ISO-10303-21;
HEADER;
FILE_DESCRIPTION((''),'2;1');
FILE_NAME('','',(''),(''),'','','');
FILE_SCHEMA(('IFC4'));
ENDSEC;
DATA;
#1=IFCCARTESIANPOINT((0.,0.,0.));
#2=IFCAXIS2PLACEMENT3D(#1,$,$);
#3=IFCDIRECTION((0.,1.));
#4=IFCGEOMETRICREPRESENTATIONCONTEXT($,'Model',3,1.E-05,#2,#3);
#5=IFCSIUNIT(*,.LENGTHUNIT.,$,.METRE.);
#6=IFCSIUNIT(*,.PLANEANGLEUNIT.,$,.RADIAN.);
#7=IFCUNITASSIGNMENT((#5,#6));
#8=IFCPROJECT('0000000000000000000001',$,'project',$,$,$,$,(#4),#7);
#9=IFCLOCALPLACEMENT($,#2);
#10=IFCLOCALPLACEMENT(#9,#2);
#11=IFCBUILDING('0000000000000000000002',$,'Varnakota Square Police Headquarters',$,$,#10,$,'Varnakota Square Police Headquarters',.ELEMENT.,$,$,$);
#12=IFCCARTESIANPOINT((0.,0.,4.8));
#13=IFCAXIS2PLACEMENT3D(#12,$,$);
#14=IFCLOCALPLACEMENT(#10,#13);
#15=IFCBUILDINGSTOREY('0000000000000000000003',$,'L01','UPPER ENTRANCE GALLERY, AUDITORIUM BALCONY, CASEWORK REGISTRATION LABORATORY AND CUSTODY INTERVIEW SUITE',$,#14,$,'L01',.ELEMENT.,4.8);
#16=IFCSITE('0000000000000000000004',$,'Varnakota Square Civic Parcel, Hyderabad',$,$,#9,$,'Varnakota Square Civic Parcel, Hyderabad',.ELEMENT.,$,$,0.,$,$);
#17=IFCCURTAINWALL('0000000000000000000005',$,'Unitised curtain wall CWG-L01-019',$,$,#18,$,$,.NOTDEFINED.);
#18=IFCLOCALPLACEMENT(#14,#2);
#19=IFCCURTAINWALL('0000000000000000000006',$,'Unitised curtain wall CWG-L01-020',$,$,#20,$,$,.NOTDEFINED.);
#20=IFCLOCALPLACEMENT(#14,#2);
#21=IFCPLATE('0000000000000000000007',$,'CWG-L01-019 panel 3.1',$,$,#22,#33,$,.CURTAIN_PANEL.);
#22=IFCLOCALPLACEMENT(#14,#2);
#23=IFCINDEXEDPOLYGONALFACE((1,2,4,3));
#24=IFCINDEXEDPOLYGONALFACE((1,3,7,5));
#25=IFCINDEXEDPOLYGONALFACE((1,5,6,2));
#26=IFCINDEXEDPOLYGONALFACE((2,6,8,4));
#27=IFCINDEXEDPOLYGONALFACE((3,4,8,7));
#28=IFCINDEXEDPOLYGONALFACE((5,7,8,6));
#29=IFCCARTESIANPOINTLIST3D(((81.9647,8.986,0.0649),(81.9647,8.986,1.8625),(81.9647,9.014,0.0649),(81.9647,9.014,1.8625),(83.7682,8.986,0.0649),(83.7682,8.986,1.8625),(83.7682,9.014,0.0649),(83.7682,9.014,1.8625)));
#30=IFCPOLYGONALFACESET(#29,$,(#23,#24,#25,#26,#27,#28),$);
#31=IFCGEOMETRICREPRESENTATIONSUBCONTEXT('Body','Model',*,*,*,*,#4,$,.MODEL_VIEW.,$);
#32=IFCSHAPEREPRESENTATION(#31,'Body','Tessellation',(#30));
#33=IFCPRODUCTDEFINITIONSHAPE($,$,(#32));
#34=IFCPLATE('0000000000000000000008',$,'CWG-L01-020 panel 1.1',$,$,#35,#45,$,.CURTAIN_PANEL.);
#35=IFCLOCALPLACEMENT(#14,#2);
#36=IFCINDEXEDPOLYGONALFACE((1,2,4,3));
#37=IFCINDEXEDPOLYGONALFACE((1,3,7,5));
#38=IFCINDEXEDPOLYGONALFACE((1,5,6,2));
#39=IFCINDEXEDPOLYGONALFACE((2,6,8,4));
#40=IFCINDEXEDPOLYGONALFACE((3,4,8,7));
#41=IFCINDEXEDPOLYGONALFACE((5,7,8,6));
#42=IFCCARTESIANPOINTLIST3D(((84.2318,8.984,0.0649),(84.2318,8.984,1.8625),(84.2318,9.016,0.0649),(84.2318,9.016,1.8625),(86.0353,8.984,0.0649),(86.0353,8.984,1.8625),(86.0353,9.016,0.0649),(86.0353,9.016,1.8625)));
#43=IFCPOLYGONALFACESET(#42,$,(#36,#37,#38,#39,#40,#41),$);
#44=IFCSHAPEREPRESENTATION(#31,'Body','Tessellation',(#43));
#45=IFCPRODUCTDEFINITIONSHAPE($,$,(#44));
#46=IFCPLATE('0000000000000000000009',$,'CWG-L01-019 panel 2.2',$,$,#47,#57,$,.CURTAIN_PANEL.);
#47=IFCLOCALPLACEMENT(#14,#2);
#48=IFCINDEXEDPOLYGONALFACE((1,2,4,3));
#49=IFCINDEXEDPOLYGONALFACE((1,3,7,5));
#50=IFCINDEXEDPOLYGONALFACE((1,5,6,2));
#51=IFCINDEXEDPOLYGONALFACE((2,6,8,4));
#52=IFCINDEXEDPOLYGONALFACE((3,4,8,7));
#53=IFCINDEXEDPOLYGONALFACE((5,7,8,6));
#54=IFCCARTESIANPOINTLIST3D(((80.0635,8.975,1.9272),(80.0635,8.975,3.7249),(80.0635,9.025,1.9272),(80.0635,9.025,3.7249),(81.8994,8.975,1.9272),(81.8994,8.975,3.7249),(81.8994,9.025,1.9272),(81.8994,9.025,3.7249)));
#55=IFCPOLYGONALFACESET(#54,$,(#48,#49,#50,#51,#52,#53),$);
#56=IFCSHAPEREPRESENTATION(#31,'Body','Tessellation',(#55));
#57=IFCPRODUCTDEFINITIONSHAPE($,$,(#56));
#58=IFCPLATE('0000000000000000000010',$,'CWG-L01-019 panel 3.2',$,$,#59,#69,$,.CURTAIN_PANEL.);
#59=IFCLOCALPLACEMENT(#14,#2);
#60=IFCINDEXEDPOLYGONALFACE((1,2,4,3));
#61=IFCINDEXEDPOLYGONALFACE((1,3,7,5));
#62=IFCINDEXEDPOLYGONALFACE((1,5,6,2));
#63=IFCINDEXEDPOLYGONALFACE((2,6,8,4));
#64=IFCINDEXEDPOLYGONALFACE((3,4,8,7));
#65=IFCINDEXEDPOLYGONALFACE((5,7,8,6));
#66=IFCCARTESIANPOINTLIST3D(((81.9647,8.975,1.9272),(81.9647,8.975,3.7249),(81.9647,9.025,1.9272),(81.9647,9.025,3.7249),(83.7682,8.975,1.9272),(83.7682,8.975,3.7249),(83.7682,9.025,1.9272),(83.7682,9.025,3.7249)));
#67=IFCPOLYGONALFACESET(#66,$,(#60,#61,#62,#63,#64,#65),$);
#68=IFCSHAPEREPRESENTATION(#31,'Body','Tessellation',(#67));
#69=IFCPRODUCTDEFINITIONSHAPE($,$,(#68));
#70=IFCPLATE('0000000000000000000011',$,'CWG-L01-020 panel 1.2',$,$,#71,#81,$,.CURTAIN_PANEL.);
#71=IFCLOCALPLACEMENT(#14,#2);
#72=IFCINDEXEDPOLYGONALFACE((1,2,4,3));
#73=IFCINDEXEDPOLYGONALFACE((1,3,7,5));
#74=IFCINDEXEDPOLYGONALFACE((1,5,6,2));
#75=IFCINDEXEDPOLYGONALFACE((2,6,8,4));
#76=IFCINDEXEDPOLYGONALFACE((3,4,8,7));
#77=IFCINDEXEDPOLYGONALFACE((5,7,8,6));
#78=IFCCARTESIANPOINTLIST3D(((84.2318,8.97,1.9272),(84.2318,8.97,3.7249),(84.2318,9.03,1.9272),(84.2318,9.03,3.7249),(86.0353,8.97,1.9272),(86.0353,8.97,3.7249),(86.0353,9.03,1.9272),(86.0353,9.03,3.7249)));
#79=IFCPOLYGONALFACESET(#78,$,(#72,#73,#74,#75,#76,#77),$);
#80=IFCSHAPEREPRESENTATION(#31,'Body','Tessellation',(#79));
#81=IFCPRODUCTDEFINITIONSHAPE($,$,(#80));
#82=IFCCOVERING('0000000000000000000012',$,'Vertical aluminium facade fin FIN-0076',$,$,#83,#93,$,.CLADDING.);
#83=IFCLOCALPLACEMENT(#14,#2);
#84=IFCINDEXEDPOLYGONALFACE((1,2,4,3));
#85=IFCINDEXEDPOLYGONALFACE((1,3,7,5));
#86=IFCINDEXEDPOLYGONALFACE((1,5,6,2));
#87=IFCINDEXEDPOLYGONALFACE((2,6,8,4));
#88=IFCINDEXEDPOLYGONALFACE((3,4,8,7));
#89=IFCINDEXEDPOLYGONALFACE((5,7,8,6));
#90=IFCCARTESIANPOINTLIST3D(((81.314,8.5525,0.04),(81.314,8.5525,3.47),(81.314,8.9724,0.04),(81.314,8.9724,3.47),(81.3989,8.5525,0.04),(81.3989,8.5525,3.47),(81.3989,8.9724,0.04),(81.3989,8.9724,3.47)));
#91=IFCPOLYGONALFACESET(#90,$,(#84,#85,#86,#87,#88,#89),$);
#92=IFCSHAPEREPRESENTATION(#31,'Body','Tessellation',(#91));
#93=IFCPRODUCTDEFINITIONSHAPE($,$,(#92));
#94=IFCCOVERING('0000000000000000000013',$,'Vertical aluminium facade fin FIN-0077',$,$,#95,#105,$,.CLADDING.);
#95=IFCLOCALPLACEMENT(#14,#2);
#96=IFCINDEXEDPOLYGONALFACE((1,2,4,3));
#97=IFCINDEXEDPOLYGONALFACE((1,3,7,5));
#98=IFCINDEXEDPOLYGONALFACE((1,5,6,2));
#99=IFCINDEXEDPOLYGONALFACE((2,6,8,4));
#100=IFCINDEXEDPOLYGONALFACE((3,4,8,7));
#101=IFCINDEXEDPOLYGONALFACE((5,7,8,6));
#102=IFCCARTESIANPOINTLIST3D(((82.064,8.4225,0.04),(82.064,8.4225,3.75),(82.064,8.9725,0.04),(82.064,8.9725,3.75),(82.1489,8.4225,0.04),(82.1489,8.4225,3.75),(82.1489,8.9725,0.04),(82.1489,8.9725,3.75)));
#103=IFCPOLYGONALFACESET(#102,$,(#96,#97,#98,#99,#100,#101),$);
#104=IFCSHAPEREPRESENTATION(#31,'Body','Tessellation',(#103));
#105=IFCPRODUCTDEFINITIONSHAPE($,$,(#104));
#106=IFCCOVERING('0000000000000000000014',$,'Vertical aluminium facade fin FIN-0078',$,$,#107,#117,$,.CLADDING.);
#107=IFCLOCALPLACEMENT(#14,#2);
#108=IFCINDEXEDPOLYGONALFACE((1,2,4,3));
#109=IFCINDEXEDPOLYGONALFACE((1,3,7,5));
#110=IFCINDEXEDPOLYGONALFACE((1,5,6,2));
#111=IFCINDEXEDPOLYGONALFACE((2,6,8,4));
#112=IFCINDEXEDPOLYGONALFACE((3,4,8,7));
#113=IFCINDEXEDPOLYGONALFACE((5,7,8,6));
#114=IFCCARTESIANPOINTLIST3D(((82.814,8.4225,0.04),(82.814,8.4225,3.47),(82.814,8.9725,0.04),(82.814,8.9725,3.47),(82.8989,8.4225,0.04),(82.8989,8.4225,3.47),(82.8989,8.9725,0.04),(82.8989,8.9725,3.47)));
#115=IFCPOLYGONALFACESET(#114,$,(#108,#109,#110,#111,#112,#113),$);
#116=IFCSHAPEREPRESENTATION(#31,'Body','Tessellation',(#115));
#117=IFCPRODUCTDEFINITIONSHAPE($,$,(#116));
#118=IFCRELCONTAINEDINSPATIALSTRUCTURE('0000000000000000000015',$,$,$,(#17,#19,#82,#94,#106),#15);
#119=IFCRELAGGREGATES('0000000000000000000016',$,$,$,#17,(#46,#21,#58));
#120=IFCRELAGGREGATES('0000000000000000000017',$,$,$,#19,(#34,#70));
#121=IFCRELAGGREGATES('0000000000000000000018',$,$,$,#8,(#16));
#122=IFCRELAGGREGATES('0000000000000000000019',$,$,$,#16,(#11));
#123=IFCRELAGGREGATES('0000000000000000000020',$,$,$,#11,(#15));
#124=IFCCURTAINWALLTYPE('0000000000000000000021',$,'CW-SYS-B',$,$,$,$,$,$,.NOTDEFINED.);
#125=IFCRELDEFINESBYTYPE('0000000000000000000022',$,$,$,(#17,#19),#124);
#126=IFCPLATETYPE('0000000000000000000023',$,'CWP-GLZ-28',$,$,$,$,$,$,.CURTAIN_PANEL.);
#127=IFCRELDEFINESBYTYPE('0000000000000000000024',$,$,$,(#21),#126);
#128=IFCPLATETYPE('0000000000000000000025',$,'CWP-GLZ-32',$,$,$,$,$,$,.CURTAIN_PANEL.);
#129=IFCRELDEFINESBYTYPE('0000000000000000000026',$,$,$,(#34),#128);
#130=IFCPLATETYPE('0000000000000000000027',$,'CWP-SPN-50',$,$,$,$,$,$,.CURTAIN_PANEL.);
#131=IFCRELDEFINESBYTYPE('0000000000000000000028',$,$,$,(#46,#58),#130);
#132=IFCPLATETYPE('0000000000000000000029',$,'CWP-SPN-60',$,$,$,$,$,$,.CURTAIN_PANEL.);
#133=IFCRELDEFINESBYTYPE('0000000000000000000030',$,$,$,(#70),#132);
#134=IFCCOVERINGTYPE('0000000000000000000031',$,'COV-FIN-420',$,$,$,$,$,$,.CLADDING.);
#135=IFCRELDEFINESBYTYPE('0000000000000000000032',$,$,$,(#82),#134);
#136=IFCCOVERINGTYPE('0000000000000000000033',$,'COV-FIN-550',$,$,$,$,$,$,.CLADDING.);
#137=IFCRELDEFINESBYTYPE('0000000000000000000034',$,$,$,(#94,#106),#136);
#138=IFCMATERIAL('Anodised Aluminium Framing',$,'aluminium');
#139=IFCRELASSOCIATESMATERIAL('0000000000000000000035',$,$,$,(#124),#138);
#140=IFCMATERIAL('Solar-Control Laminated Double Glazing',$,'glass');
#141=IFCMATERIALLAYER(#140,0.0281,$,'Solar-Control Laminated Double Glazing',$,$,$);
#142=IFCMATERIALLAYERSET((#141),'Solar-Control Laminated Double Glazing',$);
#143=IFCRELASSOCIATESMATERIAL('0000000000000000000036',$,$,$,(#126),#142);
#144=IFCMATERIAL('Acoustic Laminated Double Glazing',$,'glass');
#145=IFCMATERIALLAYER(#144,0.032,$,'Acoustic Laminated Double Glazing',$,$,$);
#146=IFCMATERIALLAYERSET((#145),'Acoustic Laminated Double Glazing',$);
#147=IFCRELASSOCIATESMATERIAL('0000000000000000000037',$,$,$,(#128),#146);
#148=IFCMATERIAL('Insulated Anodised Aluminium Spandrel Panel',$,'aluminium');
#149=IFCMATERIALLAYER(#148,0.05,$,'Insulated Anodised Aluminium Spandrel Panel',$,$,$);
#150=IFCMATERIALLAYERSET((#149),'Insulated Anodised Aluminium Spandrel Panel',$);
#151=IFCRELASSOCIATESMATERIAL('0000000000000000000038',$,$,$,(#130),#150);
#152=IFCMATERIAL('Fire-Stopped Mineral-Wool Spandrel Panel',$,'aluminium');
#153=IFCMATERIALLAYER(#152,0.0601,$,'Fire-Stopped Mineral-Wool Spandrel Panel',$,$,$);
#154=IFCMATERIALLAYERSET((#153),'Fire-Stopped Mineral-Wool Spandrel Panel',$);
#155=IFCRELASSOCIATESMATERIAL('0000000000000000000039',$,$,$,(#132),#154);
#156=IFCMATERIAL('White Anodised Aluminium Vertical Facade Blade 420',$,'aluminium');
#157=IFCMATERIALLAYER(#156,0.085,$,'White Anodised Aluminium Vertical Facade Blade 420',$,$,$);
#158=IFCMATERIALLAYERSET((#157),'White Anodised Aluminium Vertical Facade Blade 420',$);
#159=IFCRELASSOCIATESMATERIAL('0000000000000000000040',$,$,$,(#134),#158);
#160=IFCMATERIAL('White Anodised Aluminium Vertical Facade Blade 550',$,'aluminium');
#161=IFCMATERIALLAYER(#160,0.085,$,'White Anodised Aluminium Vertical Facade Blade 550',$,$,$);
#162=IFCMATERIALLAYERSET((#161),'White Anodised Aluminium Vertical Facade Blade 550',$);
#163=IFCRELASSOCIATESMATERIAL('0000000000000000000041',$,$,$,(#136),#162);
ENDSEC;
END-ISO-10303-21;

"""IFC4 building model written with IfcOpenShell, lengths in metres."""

from ifc_helpers import new_model, si_unit, direction, frame, origin, origin_2d, place, context, subcontext, project, spatial, rectangle, extrude, material, layer, layer_set, type_object, element, aggregate, save


model = new_model("IFC4")

# Units and contexts
model_context = context("Model", 3, precision=1e-05, world=origin(), true_north=direction((0.0, 1.0)))
body_context = subcontext(model_context, "Body", "Model", "MODEL_VIEW")
ifc_project = project(units=[si_unit("LENGTHUNIT", "METRE"), si_unit("PLANEANGLEUNIT", "RADIAN")], contexts=[model_context])

# Site, building, storey
site_placement = place(None, origin())
site = spatial("IfcSite", under=ifc_project, at=site_placement, Name="Varnakota Square Civic Parcel, Hyderabad", LongName="Varnakota Square Civic Parcel, Hyderabad", CompositionType="ELEMENT", RefElevation=0.0)
building_placement = place(site_placement, origin())
building = spatial("IfcBuilding", under=site, at=building_placement, Name="Varnakota Square Police Headquarters", LongName="Varnakota Square Police Headquarters", CompositionType="ELEMENT")
storey_placement = place(building_placement, frame((0.0, 0.0, 4.8)))
storey = spatial("IfcBuildingStorey", under=building, at=storey_placement, Name="L01", Description="UPPER ENTRANCE GALLERY, AUDITORIUM BALCONY, CASEWORK REGISTRATION LABORATORY AND CUSTODY INTERVIEW SUITE", LongName="L01", CompositionType="ELEMENT", Elevation=4.8)

# Curtain wall
ifc_material_1 = material(Name="Anodised Aluminium Framing", Category="aluminium")
curtain_wall_type = type_object("IfcCurtainWallType", Name="CW-SYS-B", PredefinedType="NOTDEFINED", material=ifc_material_1)
curtain_wall_1_placement = place(storey_placement, origin())
curtain_wall_1 = element("IfcCurtainWall", 1, at=curtain_wall_1_placement, inside=storey, type_object=curtain_wall_type, Name="Unitised curtain wall CWG-L01-019", PredefinedType="NOTDEFINED")

# Curtain wall
curtain_wall_2_placement = place(storey_placement, origin())
curtain_wall_2 = element("IfcCurtainWall", 2, at=curtain_wall_2_placement, inside=storey, type_object=curtain_wall_type, Name="Unitised curtain wall CWG-L01-020", PredefinedType="NOTDEFINED")

# Plates
ifc_material_2 = material(Name="Solar-Control Laminated Double Glazing", Category="glass")
ifc_layer_1 = layer(ifc_material_2, 0.0281, Name="Solar-Control Laminated Double Glazing")
ifc_layer_set_1 = layer_set([ifc_layer_1], Name="Solar-Control Laminated Double Glazing")
plate_type_1 = type_object("IfcPlateType", Name="CWP-GLZ-28", PredefinedType="CURTAIN_PANEL", material=ifc_layer_set_1)
plate_1_placement = place(storey_placement, frame((82.8665, 9.0, 0.0649), z_axis=(0.0, 0.0, 1.0), x_axis=(1.0, 0.0, 0.0)))
plate_1 = element("IfcPlate", 3, at=plate_1_placement, type_object=plate_type_1, Name="CWG-L01-019 panel 3.1", PredefinedType="CURTAIN_PANEL", context=body_context, shape_type="SweptSolid", body=[
    extrude(rectangle(XDim=1.8035, YDim=0.0281, at=origin_2d()), origin(), (0.0, 0.0, 1.0), 1.7976),
])
ifc_material_3 = material(Name="Acoustic Laminated Double Glazing", Category="glass")
ifc_layer_2 = layer(ifc_material_3, 0.032, Name="Acoustic Laminated Double Glazing")
ifc_layer_set_2 = layer_set([ifc_layer_2], Name="Acoustic Laminated Double Glazing")
plate_type_2 = type_object("IfcPlateType", Name="CWP-GLZ-32", PredefinedType="CURTAIN_PANEL", material=ifc_layer_set_2)
plate_2_placement = place(storey_placement, frame((85.1335, 9.0, 0.0649), z_axis=(0.0, 0.0, 1.0), x_axis=(1.0, 0.0, 0.0)))
plate_2 = element("IfcPlate", 4, at=plate_2_placement, type_object=plate_type_2, Name="CWG-L01-020 panel 1.1", PredefinedType="CURTAIN_PANEL", context=body_context, shape_type="SweptSolid", body=[
    extrude(rectangle(XDim=1.8035, YDim=0.032, at=origin_2d()), origin(), (0.0, 0.0, 1.0), 1.7976),
])
ifc_material_4 = material(Name="Insulated Anodised Aluminium Spandrel Panel", Category="aluminium")
ifc_layer_3 = layer(ifc_material_4, 0.05, Name="Insulated Anodised Aluminium Spandrel Panel")
ifc_layer_set_3 = layer_set([ifc_layer_3], Name="Insulated Anodised Aluminium Spandrel Panel")
plate_type_3 = type_object("IfcPlateType", Name="CWP-SPN-50", PredefinedType="CURTAIN_PANEL", material=ifc_layer_set_3)
plate_3_placement = place(storey_placement, frame((80.9814, 9.0, 1.9272), z_axis=(0.0, 0.0, 1.0), x_axis=(1.0, 0.0, 0.0)))
plate_3 = element("IfcPlate", 5, at=plate_3_placement, type_object=plate_type_3, Name="CWG-L01-019 panel 2.2", PredefinedType="CURTAIN_PANEL", context=body_context, shape_type="SweptSolid", body=[
    extrude(rectangle(XDim=1.8359, YDim=0.05, at=origin_2d()), origin(), (0.0, 0.0, 1.0), 1.7976),
])
plate_4_placement = place(storey_placement, frame((82.8665, 9.0, 1.9272), z_axis=(0.0, 0.0, 1.0), x_axis=(1.0, 0.0, 0.0)))
plate_4 = element("IfcPlate", 6, at=plate_4_placement, type_object=plate_type_3, Name="CWG-L01-019 panel 3.2", PredefinedType="CURTAIN_PANEL", context=body_context, shape_type="SweptSolid", body=[
    extrude(rectangle(XDim=1.8035, YDim=0.05, at=origin_2d()), origin(), (0.0, 0.0, 1.0), 1.7976),
])
aggregate(curtain_wall_1, [plate_3, plate_1, plate_4])
ifc_material_5 = material(Name="Fire-Stopped Mineral-Wool Spandrel Panel", Category="aluminium")
ifc_layer_4 = layer(ifc_material_5, 0.0601, Name="Fire-Stopped Mineral-Wool Spandrel Panel")
ifc_layer_set_4 = layer_set([ifc_layer_4], Name="Fire-Stopped Mineral-Wool Spandrel Panel")
plate_type_4 = type_object("IfcPlateType", Name="CWP-SPN-60", PredefinedType="CURTAIN_PANEL", material=ifc_layer_set_4)
plate_5_placement = place(storey_placement, frame((85.1335, 9.0, 1.9272), z_axis=(0.0, 0.0, 1.0), x_axis=(1.0, 0.0, 0.0)))
plate_5 = element("IfcPlate", 7, at=plate_5_placement, type_object=plate_type_4, Name="CWG-L01-020 panel 1.2", PredefinedType="CURTAIN_PANEL", context=body_context, shape_type="SweptSolid", body=[
    extrude(rectangle(XDim=1.8035, YDim=0.0601, at=origin_2d()), origin(), (0.0, 0.0, 1.0), 1.7976),
])
aggregate(curtain_wall_2, [plate_2, plate_5])

# Coverings
ifc_material_6 = material(Name="White Anodised Aluminium Vertical Facade Blade 420", Category="aluminium")
ifc_layer_5 = layer(ifc_material_6, 0.085, Name="White Anodised Aluminium Vertical Facade Blade 420")
ifc_layer_set_5 = layer_set([ifc_layer_5], Name="White Anodised Aluminium Vertical Facade Blade 420")
covering_type_1 = type_object("IfcCoveringType", Name="COV-FIN-420", PredefinedType="CLADDING", material=ifc_layer_set_5)
covering_1_placement = place(storey_placement, frame((81.3564, 8.7625, 0.04), z_axis=(0.0, 0.0, 1.0), x_axis=(1.0, 0.0, 0.0)))
element("IfcCovering", 8, at=covering_1_placement, inside=storey, type_object=covering_type_1, Name="Vertical aluminium facade fin FIN-0076", PredefinedType="CLADDING", context=body_context, shape_type="SweptSolid", body=[
    extrude(rectangle(XDim=0.085, YDim=0.4199, at=origin_2d()), origin(), (0.0, 0.0, 1.0), 3.4299),
])
ifc_material_7 = material(Name="White Anodised Aluminium Vertical Facade Blade 550", Category="aluminium")
ifc_layer_6 = layer(ifc_material_7, 0.085, Name="White Anodised Aluminium Vertical Facade Blade 550")
ifc_layer_set_6 = layer_set([ifc_layer_6], Name="White Anodised Aluminium Vertical Facade Blade 550")
covering_type_2 = type_object("IfcCoveringType", Name="COV-FIN-550", PredefinedType="CLADDING", material=ifc_layer_set_6)
covering_2_placement = place(storey_placement, frame((82.1064, 8.6975, 0.04), z_axis=(0.0, 0.0, 1.0), x_axis=(1.0, 0.0, 0.0)))
element("IfcCovering", 9, at=covering_2_placement, inside=storey, type_object=covering_type_2, Name="Vertical aluminium facade fin FIN-0077", PredefinedType="CLADDING", context=body_context, shape_type="SweptSolid", body=[
    extrude(rectangle(XDim=0.085, YDim=0.55, at=origin_2d()), origin(), (0.0, 0.0, 1.0), 3.71),
])
covering_3_placement = place(storey_placement, frame((82.8564, 8.6975, 0.04), z_axis=(0.0, 0.0, 1.0), x_axis=(1.0, 0.0, 0.0)))
element("IfcCovering", 10, at=covering_3_placement, inside=storey, type_object=covering_type_2, Name="Vertical aluminium facade fin FIN-0078", PredefinedType="CLADDING", context=body_context, shape_type="SweptSolid", body=[
    extrude(rectangle(XDim=0.085, YDim=0.55, at=origin_2d()), origin(), (0.0, 0.0, 1.0), 3.4299),
])

save(model, "model.ifc")
